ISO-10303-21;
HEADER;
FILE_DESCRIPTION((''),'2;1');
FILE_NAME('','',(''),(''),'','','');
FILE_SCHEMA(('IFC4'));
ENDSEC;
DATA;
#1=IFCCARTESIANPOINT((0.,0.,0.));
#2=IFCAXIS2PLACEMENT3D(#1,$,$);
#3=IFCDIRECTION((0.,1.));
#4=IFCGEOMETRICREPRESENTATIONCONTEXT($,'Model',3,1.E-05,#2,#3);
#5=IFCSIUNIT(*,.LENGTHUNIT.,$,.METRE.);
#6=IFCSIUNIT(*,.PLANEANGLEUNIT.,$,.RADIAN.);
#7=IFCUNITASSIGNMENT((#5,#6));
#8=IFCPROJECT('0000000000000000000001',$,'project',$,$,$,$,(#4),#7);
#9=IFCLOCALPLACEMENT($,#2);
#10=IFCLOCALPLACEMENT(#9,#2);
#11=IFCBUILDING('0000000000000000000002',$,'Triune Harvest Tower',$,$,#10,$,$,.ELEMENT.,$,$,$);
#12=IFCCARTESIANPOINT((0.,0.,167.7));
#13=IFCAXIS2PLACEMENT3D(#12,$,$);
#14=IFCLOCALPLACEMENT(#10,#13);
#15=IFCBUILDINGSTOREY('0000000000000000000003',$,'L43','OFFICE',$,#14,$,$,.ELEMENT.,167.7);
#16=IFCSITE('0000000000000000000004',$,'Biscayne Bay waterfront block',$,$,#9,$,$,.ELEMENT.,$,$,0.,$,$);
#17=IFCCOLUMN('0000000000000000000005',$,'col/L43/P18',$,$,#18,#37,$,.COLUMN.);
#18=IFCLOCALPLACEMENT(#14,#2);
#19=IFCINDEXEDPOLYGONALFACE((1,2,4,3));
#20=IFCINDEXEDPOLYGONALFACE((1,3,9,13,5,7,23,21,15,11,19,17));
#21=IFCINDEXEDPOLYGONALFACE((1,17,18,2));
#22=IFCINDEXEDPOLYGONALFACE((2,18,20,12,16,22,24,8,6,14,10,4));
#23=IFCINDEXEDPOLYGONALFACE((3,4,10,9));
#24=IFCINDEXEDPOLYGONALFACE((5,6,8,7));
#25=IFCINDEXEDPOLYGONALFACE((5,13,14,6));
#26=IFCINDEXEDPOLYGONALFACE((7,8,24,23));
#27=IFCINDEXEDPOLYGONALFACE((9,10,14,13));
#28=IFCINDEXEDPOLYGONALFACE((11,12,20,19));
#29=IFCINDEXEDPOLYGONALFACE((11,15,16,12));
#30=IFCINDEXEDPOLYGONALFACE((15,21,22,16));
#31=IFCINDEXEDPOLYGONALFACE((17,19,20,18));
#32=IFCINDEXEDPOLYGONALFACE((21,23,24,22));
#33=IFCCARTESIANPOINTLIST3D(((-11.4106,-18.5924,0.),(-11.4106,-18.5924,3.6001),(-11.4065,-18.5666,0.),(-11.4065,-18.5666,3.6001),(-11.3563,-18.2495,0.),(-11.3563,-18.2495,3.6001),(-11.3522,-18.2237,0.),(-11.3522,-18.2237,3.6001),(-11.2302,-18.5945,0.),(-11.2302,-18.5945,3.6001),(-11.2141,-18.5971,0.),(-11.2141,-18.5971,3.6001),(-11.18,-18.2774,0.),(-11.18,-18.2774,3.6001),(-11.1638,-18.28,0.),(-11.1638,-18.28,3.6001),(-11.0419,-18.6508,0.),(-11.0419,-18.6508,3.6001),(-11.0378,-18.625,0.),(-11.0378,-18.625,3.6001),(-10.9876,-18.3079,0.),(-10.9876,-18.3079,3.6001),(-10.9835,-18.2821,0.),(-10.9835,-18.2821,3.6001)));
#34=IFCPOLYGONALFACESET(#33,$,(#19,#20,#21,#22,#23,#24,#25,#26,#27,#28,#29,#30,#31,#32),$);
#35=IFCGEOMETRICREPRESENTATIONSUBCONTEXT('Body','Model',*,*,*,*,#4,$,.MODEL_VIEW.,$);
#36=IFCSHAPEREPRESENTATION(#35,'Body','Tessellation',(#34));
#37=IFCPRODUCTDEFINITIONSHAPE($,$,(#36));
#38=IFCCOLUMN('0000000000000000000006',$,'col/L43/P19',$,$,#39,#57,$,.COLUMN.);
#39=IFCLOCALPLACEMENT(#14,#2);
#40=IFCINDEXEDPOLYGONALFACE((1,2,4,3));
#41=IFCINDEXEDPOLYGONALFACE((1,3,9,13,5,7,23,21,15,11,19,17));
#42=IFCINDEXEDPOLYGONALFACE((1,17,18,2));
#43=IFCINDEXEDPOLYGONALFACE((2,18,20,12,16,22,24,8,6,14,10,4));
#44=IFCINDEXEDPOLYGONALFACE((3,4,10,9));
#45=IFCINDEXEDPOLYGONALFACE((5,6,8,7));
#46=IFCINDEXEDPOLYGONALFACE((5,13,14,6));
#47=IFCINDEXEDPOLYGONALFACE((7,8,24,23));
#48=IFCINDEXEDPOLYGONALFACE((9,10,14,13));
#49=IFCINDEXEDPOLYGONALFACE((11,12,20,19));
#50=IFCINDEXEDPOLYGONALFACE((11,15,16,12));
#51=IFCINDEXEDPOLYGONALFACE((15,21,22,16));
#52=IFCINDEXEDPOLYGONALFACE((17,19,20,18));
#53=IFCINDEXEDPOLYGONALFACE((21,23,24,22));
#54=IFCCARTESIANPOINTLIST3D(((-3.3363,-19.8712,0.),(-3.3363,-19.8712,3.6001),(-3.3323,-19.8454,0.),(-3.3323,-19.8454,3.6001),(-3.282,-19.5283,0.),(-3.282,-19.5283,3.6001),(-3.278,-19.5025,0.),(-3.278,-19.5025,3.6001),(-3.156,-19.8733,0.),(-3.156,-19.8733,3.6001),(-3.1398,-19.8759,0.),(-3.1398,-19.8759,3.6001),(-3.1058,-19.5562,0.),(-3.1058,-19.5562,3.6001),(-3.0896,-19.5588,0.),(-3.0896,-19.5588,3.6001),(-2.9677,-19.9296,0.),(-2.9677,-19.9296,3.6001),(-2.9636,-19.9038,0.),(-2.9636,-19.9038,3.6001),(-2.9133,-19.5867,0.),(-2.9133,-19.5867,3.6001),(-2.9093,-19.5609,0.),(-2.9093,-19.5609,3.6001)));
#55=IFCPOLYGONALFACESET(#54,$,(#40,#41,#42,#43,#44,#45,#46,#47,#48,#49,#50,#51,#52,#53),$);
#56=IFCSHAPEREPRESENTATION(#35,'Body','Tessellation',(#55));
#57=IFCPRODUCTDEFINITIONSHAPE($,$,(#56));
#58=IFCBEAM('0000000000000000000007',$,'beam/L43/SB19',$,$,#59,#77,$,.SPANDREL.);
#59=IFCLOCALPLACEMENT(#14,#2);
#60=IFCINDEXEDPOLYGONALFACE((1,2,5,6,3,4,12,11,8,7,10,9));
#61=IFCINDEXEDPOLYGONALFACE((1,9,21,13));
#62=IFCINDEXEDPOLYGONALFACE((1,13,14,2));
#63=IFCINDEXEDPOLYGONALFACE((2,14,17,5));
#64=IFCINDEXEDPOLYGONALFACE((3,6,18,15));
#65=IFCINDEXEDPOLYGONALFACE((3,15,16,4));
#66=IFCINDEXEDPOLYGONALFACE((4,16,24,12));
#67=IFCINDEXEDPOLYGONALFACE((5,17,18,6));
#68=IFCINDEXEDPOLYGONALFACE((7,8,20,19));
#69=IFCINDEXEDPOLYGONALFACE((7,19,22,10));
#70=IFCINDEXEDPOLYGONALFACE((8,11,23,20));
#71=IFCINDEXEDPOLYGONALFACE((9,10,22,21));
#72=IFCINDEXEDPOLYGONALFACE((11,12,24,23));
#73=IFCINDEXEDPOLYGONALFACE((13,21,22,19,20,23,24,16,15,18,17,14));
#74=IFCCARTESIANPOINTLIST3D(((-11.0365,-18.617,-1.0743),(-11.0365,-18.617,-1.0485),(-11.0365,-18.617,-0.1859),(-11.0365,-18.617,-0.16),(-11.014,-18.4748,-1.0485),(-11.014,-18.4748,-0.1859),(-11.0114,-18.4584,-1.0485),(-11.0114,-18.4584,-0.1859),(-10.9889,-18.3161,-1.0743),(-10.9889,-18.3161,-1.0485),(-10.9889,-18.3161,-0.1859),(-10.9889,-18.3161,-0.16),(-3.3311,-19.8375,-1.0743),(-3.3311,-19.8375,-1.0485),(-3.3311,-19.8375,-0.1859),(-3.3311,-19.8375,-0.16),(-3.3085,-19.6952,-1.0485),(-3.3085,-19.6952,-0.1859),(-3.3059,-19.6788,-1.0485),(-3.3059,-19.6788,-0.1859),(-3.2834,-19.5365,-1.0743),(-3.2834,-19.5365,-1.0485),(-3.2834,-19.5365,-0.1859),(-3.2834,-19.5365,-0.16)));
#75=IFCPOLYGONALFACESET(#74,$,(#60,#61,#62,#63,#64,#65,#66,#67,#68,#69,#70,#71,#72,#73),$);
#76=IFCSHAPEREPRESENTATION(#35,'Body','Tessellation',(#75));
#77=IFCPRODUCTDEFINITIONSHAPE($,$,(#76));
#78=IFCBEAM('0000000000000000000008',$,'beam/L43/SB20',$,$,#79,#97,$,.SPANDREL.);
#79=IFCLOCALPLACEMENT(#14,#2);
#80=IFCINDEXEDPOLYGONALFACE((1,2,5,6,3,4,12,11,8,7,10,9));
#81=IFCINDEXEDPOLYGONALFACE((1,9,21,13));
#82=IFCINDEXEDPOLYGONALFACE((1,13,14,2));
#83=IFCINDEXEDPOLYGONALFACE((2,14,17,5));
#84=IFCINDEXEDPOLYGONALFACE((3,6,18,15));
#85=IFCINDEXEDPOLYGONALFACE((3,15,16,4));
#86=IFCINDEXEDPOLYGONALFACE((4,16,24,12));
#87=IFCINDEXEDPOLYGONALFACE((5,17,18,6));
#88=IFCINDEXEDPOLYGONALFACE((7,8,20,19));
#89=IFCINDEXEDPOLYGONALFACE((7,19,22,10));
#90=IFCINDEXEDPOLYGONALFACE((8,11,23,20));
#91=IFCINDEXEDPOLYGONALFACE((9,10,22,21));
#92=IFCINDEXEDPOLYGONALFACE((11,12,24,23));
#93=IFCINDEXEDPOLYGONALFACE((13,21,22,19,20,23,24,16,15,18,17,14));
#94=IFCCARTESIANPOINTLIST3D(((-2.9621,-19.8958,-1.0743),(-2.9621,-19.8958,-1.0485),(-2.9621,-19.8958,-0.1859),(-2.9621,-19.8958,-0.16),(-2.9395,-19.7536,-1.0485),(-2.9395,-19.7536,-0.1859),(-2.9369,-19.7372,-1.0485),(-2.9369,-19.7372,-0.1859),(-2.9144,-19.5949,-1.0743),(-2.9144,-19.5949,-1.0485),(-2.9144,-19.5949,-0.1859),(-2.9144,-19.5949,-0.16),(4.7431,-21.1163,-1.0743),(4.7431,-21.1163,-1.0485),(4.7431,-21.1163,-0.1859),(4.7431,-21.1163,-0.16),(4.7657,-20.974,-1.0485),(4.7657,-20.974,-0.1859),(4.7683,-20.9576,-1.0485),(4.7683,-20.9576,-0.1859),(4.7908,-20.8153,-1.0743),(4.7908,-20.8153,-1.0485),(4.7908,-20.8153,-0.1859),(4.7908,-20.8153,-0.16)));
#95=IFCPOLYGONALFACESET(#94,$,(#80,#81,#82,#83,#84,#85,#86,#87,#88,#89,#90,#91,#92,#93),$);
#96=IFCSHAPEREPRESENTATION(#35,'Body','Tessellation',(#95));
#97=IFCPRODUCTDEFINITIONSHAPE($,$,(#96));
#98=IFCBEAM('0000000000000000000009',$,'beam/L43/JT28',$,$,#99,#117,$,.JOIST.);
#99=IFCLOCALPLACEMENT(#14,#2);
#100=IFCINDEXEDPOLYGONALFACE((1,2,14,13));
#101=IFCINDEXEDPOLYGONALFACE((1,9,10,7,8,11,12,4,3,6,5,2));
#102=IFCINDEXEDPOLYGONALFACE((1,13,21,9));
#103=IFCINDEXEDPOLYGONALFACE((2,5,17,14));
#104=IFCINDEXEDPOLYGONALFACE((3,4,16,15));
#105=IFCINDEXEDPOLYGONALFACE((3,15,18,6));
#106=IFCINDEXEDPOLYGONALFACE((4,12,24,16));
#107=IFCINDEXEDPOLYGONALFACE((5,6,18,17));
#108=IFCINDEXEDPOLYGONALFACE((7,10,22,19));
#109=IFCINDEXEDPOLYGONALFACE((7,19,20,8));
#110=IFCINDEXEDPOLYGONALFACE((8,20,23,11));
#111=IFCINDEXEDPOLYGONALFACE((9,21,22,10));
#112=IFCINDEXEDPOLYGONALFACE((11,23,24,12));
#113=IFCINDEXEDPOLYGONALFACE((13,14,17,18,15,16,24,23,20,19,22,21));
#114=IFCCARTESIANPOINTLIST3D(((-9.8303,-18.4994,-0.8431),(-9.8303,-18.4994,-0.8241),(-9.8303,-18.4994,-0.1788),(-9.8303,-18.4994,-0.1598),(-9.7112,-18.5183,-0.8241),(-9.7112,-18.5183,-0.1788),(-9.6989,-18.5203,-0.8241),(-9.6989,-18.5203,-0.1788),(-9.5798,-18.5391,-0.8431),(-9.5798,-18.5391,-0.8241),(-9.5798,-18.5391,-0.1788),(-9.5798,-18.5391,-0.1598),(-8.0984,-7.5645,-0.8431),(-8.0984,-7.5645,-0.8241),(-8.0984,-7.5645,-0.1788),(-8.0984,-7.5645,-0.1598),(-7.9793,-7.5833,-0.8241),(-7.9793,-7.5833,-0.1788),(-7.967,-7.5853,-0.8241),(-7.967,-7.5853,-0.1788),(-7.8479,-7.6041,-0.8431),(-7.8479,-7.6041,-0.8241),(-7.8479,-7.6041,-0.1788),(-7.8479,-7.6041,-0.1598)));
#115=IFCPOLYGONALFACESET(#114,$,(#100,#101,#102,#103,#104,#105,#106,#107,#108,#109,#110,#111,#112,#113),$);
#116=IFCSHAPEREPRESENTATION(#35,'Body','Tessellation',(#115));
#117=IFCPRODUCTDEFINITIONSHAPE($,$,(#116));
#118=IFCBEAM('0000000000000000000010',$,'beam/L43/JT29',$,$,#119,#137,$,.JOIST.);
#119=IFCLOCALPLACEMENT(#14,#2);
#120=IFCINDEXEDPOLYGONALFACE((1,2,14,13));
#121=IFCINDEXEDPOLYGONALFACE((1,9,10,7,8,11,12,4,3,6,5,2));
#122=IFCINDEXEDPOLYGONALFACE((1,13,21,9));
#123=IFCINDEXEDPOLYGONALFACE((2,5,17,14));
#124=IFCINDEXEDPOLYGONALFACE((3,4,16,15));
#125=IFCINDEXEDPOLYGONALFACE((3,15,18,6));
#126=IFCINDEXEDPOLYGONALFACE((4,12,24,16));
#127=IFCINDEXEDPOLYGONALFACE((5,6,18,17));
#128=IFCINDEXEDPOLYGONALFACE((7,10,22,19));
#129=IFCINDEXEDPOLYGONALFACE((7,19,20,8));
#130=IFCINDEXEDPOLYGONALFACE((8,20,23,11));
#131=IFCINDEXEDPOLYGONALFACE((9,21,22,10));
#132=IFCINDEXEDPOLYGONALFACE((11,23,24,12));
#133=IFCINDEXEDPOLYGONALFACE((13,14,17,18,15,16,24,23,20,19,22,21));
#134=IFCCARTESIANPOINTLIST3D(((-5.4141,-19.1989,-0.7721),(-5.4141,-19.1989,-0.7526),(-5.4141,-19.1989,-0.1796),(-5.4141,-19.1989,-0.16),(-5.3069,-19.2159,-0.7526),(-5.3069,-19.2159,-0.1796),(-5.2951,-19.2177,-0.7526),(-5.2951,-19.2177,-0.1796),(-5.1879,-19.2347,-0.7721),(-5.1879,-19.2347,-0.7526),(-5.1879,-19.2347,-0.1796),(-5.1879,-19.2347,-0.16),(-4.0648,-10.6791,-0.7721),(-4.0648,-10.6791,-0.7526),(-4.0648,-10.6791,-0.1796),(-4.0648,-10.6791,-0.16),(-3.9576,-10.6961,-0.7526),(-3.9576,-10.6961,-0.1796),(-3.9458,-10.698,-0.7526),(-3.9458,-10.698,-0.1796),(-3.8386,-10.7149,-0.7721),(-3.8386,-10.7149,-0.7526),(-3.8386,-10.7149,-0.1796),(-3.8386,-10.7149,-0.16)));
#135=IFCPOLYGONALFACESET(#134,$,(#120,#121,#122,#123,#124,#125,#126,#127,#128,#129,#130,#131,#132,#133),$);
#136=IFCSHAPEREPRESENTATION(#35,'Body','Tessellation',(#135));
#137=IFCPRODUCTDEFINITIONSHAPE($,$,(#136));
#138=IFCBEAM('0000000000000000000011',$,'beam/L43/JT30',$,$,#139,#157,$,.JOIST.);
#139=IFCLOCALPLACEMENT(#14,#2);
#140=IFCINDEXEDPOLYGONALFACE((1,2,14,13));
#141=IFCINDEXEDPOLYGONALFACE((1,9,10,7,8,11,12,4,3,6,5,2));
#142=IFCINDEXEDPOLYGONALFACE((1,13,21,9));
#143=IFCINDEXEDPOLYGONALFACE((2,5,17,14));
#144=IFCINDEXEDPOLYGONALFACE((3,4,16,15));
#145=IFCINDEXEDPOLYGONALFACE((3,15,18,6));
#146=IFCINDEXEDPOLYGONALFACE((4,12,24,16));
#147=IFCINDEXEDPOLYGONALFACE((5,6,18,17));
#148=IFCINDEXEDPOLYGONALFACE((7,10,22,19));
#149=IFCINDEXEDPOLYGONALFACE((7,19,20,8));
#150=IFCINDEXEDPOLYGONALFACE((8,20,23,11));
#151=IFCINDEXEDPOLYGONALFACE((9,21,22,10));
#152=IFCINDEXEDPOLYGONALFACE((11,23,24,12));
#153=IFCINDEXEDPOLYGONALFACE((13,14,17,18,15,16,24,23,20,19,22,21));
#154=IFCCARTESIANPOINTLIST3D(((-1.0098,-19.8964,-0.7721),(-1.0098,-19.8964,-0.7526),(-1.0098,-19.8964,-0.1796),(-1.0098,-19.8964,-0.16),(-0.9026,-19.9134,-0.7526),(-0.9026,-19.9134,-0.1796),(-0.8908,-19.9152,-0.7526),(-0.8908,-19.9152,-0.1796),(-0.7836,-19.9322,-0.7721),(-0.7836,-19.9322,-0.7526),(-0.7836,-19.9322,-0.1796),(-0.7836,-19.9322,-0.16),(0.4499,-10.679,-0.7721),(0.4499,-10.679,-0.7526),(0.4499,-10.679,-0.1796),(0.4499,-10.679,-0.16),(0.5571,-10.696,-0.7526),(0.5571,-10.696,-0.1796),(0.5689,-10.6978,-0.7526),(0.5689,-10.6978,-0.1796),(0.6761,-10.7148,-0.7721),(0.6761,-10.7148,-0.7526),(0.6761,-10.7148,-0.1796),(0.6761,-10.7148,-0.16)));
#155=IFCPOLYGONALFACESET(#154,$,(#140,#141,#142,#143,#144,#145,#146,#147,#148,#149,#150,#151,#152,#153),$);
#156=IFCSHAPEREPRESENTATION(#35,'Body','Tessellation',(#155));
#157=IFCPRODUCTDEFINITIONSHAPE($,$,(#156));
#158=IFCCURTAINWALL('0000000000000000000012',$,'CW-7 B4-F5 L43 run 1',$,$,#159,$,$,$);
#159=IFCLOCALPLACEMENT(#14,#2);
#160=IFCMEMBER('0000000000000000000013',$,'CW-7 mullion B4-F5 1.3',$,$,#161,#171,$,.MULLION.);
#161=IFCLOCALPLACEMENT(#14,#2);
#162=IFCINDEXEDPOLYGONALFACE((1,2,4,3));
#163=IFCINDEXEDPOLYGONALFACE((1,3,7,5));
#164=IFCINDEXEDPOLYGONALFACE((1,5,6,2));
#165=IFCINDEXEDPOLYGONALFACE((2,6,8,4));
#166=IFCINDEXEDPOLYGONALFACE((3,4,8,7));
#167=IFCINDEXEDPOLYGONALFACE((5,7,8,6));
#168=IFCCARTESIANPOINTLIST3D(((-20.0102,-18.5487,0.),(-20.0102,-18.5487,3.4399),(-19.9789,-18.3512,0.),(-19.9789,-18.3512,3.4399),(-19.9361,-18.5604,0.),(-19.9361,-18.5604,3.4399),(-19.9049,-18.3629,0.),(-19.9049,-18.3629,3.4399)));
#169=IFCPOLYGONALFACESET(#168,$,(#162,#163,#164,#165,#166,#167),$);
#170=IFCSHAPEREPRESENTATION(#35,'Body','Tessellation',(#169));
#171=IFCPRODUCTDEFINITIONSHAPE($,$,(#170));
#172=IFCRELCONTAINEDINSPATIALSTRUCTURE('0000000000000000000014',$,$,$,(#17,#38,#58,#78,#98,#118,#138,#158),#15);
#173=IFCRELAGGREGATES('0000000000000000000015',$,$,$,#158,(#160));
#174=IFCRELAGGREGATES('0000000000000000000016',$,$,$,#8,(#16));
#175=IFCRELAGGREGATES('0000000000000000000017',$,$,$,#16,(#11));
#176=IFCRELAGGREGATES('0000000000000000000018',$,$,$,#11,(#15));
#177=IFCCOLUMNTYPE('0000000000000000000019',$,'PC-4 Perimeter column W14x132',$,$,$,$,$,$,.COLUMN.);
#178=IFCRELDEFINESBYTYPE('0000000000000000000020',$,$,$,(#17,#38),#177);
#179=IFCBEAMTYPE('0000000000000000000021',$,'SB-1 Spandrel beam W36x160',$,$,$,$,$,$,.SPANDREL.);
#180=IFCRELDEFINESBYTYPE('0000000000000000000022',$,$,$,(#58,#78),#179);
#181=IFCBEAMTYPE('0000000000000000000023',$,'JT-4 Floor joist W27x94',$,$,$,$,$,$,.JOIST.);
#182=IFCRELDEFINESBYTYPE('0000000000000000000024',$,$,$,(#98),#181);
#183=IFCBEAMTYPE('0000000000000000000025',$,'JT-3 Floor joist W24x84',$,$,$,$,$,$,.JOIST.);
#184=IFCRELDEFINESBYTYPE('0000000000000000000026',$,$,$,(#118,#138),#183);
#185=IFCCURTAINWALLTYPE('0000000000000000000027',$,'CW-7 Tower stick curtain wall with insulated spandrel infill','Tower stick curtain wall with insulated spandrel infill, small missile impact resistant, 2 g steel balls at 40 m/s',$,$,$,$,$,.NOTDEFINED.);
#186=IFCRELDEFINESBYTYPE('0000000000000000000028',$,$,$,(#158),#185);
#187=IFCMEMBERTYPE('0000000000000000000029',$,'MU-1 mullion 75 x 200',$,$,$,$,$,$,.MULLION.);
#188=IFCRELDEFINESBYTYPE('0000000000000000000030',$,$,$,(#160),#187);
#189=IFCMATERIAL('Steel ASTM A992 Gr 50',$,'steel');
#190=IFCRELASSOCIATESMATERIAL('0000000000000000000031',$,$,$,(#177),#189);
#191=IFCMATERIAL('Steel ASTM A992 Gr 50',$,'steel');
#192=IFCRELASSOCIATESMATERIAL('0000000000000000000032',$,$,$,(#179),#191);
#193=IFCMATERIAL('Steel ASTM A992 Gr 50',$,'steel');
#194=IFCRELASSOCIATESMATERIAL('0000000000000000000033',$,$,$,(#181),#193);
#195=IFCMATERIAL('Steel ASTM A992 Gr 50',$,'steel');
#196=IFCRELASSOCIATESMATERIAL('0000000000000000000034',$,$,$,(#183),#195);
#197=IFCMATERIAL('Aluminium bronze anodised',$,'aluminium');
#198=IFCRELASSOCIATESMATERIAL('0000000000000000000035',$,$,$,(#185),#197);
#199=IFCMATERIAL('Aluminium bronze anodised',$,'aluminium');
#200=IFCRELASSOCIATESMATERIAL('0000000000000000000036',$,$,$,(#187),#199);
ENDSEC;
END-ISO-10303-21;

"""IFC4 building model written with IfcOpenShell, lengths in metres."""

from ifc_helpers import new_model, si_unit, direction, frame, origin, origin_2d, place, context, subcontext, project, spatial, rectangle, i_section, extrude, source, transform, mapped, material, material_profile, profile_set, type_object, element, aggregate, save


model = new_model("IFC4")

# Units and contexts
model_context = context("Model", 3, precision=1e-05, world=origin(), true_north=direction((0.0, 1.0)))
body_context = subcontext(model_context, "Body", "Model", "MODEL_VIEW")
ifc_project = project(units=[si_unit("LENGTHUNIT", "METRE"), si_unit("PLANEANGLEUNIT", "RADIAN")], contexts=[model_context])

# Site, building, storey
site_placement = place(None, origin())
site = spatial("IfcSite", under=ifc_project, at=site_placement, Name="Biscayne Bay waterfront block", CompositionType="ELEMENT", RefElevation=0.0)
building_placement = place(site_placement, origin())
building = spatial("IfcBuilding", under=site, at=building_placement, Name="Triune Harvest Tower", CompositionType="ELEMENT")
storey_placement = place(building_placement, frame((0.0, 0.0, 167.7)))
storey = spatial("IfcBuildingStorey", under=building, at=storey_placement, Name="L43", Description="OFFICE", CompositionType="ELEMENT", Elevation=167.7)

# Columns
ifc_material_1 = material(Name="Steel ASTM A992 Gr 50", Category="steel")
ifc_material_profile_1 = material_profile(ifc_material_1, i_section(OverallWidth=0.3733, OverallDepth=0.3733, WebThickness=0.0164, FlangeThickness=0.0261, at=origin_2d()), Name="W14x132")
ifc_profile_set_1 = profile_set([ifc_material_profile_1], Name="Steel ASTM A992 Gr 50")
column_type = type_object("IfcColumnType", Name="PC-4 Perimeter column W14x132", PredefinedType="COLUMN", material=ifc_profile_set_1)
shared_shape_1 = source(origin(), body_context, "Body", "SweptSolid", [
    extrude(i_section(OverallWidth=0.3733, OverallDepth=0.3733, WebThickness=0.0164, FlangeThickness=0.0261, at=origin_2d()), origin(), (0.0, 0.0, 1.0), 3.6001),
])
for number, where, z_axis, x_axis, name in (
    (1, (-11.197, -18.4373, 0.0), (0.0, 0.0, 1.0), (0.987688, -0.156434, 0.0), "col/L43/P18"),
    (2, (-3.1228, -19.7161, 0.0), (0.0, 0.0, 1.0), (0.987688, -0.156434, 0.0), "col/L43/P19"),
):
    element("IfcColumn", number, at=place(storey_placement, frame(where, z_axis=z_axis, x_axis=x_axis)), inside=storey, type_object=column_type, Name=name, PredefinedType="COLUMN", context=body_context, shape_type="MappedRepresentation", body=[
        mapped(shared_shape_1, transform((0.0, 0.0, 0.0), scale=1.0)),
    ])

# Beams
ifc_material_2 = material(Name="Steel ASTM A992 Gr 50", Category="steel")
ifc_material_profile_2 = material_profile(ifc_material_2, i_section(OverallWidth=0.3047, OverallDepth=0.9143, WebThickness=0.0166, FlangeThickness=0.0259, at=origin_2d()), Name="W36x160")
ifc_profile_set_2 = profile_set([ifc_material_profile_2], Name="Steel ASTM A992 Gr 50")
beam_type_1 = type_object("IfcBeamType", Name="SB-1 Spandrel beam W36x160", PredefinedType="SPANDREL", material=ifc_profile_set_2)
shared_shape_2 = source(origin(), body_context, "Body", "SweptSolid", [
    extrude(i_section(OverallWidth=0.3047, OverallDepth=0.9143, WebThickness=0.0166, FlangeThickness=0.0259, at=origin_2d()), origin(), (0.0, 0.0, 1.0), 7.8015),
])
beam_1_placement = place(storey_placement, frame((-11.0127, -18.4666, -0.6172), z_axis=(0.987688, -0.156437, 0.0), x_axis=(0.156437, 0.987688, 0.0)))
element("IfcBeam", 3, at=beam_1_placement, inside=storey, type_object=beam_type_1, Name="beam/L43/SB19", PredefinedType="SPANDREL", context=body_context, shape_type="MappedRepresentation", body=[
    mapped(shared_shape_2, transform((0.0, 0.0, 0.0), scale=1.0)),
])
shared_shape_3 = source(origin(), body_context, "Body", "SweptSolid", [
    extrude(i_section(OverallWidth=0.3047, OverallDepth=0.9143, WebThickness=0.0166, FlangeThickness=0.0259, at=origin_2d()), origin(), (0.0, 0.0, 1.0), 7.8013),
])
beam_2_placement = place(storey_placement, frame((-2.9382, -19.7454, -0.6172), z_axis=(0.987687, -0.156441, 0.0), x_axis=(0.156441, 0.987687, 0.0)))
element("IfcBeam", 4, at=beam_2_placement, inside=storey, type_object=beam_type_1, Name="beam/L43/SB20", PredefinedType="SPANDREL", context=body_context, shape_type="MappedRepresentation", body=[
    mapped(shared_shape_3, transform((0.0, 0.0, 0.0), scale=1.0)),
])
ifc_material_3 = material(Name="Steel ASTM A992 Gr 50", Category="steel")
ifc_material_profile_3 = material_profile(ifc_material_3, i_section(OverallWidth=0.2537, OverallDepth=0.6833, WebThickness=0.0125, FlangeThickness=0.019, at=origin_2d()), Name="W27x94")
ifc_profile_set_3 = profile_set([ifc_material_profile_3], Name="Steel ASTM A992 Gr 50")
beam_type_2 = type_object("IfcBeamType", Name="JT-4 Floor joist W27x94", PredefinedType="JOIST", material=ifc_profile_set_3)
shared_shape_4 = source(origin(), body_context, "Body", "SweptSolid", [
    extrude(i_section(OverallWidth=0.2537, OverallDepth=0.6833, WebThickness=0.0125, FlangeThickness=0.019, at=origin_2d()), origin(), (0.0, 0.0, 1.0), 11.0713),
])
beam_3_placement = place(storey_placement, frame((-9.7051, -18.5193, -0.5015), z_axis=(0.156434, 0.987688, 0.0), x_axis=(-0.987688, 0.156434, 0.0)))
element("IfcBeam", 5, at=beam_3_placement, inside=storey, type_object=beam_type_2, Name="beam/L43/JT28", PredefinedType="JOIST", context=body_context, shape_type="MappedRepresentation", body=[
    mapped(shared_shape_4, transform((0.0, 0.0, 0.0), scale=1.0)),
])
ifc_material_4 = material(Name="Steel ASTM A992 Gr 50", Category="steel")
ifc_material_profile_4 = material_profile(ifc_material_4, i_section(OverallWidth=0.229, OverallDepth=0.6121, WebThickness=0.012, FlangeThickness=0.0195, at=origin_2d()), Name="W24x84")
ifc_profile_set_4 = profile_set([ifc_material_profile_4], Name="Steel ASTM A992 Gr 50")
beam_type_3 = type_object("IfcBeamType", Name="JT-3 Floor joist W24x84", PredefinedType="JOIST", material=ifc_profile_set_4)
shared_shape_5 = source(origin(), body_context, "Body", "SweptSolid", [
    extrude(i_section(OverallWidth=0.229, OverallDepth=0.6121, WebThickness=0.012, FlangeThickness=0.0195, at=origin_2d()), origin(), (0.0, 0.0, 1.0), 8.626),
])
beam_4_placement = place(storey_placement, frame((-5.301, -19.2168, -0.4661), z_axis=(0.156431, 0.987689, 0.0), x_axis=(-0.987689, 0.156431, 0.0)))
element("IfcBeam", 6, at=beam_4_placement, inside=storey, type_object=beam_type_3, Name="beam/L43/JT29", PredefinedType="JOIST", context=body_context, shape_type="MappedRepresentation", body=[
    mapped(shared_shape_5, transform((0.0, 0.0, 0.0), scale=1.0)),
])
shared_shape_6 = source(origin(), body_context, "Body", "SweptSolid", [
    extrude(i_section(OverallWidth=0.229, OverallDepth=0.6121, WebThickness=0.012, FlangeThickness=0.0195, at=origin_2d()), origin(), (0.0, 0.0, 1.0), 9.3323),
])
beam_5_placement = place(storey_placement, frame((-0.8967, -19.9143, -0.4661), z_axis=(0.156418, 0.987691, 0.0), x_axis=(-0.987691, 0.156418, 0.0)))
element("IfcBeam", 7, at=beam_5_placement, inside=storey, type_object=beam_type_3, Name="beam/L43/JT30", PredefinedType="JOIST", context=body_context, shape_type="MappedRepresentation", body=[
    mapped(shared_shape_6, transform((0.0, 0.0, 0.0), scale=1.0)),
])

# Curtain wall, member
ifc_material_5 = material(Name="Aluminium bronze anodised", Category="aluminium")
curtain_wall_type_1 = type_object("IfcCurtainWallType", Name="CW-7 Tower stick curtain wall with insulated spandrel infill", Description="Tower stick curtain wall with insulated spandrel infill, small missile impact resistant, 2 g steel balls at 40 m/s", PredefinedType="NOTDEFINED", material=ifc_material_5)
curtain_wall_1_placement = place(storey_placement, origin())
curtain_wall_1 = element("IfcCurtainWall", 8, at=curtain_wall_1_placement, inside=storey, type_object=curtain_wall_type_1, Name="CW-7 B4-F5 L43 run 1")
ifc_material_6 = material(Name="Aluminium bronze anodised", Category="aluminium")
ifc_material_profile_5 = material_profile(ifc_material_6, rectangle(XDim=0.2, YDim=0.075, at=origin_2d()), Name="MU-1 mullion 75 x 200")
ifc_profile_set_5 = profile_set([ifc_material_profile_5], Name="Aluminium bronze anodised")
member_type_1 = type_object("IfcMemberType", Name="MU-1 mullion 75 x 200", PredefinedType="MULLION", material=ifc_profile_set_5)
shared_shape_7 = source(origin(), body_context, "Body", "SweptSolid", [
    extrude(rectangle(XDim=0.2, YDim=0.075, at=origin_2d()), origin(), (0.0, 0.0, 1.0), 3.4399),
])
member_1_placement = place(storey_placement, frame((-19.9575, -18.4558, 0.0), z_axis=(0.0, 0.0, 1.0), x_axis=(0.156435, 0.987688, 0.0)))
member_1 = element("IfcMember", 9, at=member_1_placement, type_object=member_type_1, Name="CW-7 mullion B4-F5 1.3", PredefinedType="MULLION", context=body_context, shape_type="MappedRepresentation", body=[
    mapped(shared_shape_7, transform((0.0, 0.0, 0.0), scale=1.0)),
])

aggregate(curtain_wall_1, [member_1])

save(model, "model.ifc")
